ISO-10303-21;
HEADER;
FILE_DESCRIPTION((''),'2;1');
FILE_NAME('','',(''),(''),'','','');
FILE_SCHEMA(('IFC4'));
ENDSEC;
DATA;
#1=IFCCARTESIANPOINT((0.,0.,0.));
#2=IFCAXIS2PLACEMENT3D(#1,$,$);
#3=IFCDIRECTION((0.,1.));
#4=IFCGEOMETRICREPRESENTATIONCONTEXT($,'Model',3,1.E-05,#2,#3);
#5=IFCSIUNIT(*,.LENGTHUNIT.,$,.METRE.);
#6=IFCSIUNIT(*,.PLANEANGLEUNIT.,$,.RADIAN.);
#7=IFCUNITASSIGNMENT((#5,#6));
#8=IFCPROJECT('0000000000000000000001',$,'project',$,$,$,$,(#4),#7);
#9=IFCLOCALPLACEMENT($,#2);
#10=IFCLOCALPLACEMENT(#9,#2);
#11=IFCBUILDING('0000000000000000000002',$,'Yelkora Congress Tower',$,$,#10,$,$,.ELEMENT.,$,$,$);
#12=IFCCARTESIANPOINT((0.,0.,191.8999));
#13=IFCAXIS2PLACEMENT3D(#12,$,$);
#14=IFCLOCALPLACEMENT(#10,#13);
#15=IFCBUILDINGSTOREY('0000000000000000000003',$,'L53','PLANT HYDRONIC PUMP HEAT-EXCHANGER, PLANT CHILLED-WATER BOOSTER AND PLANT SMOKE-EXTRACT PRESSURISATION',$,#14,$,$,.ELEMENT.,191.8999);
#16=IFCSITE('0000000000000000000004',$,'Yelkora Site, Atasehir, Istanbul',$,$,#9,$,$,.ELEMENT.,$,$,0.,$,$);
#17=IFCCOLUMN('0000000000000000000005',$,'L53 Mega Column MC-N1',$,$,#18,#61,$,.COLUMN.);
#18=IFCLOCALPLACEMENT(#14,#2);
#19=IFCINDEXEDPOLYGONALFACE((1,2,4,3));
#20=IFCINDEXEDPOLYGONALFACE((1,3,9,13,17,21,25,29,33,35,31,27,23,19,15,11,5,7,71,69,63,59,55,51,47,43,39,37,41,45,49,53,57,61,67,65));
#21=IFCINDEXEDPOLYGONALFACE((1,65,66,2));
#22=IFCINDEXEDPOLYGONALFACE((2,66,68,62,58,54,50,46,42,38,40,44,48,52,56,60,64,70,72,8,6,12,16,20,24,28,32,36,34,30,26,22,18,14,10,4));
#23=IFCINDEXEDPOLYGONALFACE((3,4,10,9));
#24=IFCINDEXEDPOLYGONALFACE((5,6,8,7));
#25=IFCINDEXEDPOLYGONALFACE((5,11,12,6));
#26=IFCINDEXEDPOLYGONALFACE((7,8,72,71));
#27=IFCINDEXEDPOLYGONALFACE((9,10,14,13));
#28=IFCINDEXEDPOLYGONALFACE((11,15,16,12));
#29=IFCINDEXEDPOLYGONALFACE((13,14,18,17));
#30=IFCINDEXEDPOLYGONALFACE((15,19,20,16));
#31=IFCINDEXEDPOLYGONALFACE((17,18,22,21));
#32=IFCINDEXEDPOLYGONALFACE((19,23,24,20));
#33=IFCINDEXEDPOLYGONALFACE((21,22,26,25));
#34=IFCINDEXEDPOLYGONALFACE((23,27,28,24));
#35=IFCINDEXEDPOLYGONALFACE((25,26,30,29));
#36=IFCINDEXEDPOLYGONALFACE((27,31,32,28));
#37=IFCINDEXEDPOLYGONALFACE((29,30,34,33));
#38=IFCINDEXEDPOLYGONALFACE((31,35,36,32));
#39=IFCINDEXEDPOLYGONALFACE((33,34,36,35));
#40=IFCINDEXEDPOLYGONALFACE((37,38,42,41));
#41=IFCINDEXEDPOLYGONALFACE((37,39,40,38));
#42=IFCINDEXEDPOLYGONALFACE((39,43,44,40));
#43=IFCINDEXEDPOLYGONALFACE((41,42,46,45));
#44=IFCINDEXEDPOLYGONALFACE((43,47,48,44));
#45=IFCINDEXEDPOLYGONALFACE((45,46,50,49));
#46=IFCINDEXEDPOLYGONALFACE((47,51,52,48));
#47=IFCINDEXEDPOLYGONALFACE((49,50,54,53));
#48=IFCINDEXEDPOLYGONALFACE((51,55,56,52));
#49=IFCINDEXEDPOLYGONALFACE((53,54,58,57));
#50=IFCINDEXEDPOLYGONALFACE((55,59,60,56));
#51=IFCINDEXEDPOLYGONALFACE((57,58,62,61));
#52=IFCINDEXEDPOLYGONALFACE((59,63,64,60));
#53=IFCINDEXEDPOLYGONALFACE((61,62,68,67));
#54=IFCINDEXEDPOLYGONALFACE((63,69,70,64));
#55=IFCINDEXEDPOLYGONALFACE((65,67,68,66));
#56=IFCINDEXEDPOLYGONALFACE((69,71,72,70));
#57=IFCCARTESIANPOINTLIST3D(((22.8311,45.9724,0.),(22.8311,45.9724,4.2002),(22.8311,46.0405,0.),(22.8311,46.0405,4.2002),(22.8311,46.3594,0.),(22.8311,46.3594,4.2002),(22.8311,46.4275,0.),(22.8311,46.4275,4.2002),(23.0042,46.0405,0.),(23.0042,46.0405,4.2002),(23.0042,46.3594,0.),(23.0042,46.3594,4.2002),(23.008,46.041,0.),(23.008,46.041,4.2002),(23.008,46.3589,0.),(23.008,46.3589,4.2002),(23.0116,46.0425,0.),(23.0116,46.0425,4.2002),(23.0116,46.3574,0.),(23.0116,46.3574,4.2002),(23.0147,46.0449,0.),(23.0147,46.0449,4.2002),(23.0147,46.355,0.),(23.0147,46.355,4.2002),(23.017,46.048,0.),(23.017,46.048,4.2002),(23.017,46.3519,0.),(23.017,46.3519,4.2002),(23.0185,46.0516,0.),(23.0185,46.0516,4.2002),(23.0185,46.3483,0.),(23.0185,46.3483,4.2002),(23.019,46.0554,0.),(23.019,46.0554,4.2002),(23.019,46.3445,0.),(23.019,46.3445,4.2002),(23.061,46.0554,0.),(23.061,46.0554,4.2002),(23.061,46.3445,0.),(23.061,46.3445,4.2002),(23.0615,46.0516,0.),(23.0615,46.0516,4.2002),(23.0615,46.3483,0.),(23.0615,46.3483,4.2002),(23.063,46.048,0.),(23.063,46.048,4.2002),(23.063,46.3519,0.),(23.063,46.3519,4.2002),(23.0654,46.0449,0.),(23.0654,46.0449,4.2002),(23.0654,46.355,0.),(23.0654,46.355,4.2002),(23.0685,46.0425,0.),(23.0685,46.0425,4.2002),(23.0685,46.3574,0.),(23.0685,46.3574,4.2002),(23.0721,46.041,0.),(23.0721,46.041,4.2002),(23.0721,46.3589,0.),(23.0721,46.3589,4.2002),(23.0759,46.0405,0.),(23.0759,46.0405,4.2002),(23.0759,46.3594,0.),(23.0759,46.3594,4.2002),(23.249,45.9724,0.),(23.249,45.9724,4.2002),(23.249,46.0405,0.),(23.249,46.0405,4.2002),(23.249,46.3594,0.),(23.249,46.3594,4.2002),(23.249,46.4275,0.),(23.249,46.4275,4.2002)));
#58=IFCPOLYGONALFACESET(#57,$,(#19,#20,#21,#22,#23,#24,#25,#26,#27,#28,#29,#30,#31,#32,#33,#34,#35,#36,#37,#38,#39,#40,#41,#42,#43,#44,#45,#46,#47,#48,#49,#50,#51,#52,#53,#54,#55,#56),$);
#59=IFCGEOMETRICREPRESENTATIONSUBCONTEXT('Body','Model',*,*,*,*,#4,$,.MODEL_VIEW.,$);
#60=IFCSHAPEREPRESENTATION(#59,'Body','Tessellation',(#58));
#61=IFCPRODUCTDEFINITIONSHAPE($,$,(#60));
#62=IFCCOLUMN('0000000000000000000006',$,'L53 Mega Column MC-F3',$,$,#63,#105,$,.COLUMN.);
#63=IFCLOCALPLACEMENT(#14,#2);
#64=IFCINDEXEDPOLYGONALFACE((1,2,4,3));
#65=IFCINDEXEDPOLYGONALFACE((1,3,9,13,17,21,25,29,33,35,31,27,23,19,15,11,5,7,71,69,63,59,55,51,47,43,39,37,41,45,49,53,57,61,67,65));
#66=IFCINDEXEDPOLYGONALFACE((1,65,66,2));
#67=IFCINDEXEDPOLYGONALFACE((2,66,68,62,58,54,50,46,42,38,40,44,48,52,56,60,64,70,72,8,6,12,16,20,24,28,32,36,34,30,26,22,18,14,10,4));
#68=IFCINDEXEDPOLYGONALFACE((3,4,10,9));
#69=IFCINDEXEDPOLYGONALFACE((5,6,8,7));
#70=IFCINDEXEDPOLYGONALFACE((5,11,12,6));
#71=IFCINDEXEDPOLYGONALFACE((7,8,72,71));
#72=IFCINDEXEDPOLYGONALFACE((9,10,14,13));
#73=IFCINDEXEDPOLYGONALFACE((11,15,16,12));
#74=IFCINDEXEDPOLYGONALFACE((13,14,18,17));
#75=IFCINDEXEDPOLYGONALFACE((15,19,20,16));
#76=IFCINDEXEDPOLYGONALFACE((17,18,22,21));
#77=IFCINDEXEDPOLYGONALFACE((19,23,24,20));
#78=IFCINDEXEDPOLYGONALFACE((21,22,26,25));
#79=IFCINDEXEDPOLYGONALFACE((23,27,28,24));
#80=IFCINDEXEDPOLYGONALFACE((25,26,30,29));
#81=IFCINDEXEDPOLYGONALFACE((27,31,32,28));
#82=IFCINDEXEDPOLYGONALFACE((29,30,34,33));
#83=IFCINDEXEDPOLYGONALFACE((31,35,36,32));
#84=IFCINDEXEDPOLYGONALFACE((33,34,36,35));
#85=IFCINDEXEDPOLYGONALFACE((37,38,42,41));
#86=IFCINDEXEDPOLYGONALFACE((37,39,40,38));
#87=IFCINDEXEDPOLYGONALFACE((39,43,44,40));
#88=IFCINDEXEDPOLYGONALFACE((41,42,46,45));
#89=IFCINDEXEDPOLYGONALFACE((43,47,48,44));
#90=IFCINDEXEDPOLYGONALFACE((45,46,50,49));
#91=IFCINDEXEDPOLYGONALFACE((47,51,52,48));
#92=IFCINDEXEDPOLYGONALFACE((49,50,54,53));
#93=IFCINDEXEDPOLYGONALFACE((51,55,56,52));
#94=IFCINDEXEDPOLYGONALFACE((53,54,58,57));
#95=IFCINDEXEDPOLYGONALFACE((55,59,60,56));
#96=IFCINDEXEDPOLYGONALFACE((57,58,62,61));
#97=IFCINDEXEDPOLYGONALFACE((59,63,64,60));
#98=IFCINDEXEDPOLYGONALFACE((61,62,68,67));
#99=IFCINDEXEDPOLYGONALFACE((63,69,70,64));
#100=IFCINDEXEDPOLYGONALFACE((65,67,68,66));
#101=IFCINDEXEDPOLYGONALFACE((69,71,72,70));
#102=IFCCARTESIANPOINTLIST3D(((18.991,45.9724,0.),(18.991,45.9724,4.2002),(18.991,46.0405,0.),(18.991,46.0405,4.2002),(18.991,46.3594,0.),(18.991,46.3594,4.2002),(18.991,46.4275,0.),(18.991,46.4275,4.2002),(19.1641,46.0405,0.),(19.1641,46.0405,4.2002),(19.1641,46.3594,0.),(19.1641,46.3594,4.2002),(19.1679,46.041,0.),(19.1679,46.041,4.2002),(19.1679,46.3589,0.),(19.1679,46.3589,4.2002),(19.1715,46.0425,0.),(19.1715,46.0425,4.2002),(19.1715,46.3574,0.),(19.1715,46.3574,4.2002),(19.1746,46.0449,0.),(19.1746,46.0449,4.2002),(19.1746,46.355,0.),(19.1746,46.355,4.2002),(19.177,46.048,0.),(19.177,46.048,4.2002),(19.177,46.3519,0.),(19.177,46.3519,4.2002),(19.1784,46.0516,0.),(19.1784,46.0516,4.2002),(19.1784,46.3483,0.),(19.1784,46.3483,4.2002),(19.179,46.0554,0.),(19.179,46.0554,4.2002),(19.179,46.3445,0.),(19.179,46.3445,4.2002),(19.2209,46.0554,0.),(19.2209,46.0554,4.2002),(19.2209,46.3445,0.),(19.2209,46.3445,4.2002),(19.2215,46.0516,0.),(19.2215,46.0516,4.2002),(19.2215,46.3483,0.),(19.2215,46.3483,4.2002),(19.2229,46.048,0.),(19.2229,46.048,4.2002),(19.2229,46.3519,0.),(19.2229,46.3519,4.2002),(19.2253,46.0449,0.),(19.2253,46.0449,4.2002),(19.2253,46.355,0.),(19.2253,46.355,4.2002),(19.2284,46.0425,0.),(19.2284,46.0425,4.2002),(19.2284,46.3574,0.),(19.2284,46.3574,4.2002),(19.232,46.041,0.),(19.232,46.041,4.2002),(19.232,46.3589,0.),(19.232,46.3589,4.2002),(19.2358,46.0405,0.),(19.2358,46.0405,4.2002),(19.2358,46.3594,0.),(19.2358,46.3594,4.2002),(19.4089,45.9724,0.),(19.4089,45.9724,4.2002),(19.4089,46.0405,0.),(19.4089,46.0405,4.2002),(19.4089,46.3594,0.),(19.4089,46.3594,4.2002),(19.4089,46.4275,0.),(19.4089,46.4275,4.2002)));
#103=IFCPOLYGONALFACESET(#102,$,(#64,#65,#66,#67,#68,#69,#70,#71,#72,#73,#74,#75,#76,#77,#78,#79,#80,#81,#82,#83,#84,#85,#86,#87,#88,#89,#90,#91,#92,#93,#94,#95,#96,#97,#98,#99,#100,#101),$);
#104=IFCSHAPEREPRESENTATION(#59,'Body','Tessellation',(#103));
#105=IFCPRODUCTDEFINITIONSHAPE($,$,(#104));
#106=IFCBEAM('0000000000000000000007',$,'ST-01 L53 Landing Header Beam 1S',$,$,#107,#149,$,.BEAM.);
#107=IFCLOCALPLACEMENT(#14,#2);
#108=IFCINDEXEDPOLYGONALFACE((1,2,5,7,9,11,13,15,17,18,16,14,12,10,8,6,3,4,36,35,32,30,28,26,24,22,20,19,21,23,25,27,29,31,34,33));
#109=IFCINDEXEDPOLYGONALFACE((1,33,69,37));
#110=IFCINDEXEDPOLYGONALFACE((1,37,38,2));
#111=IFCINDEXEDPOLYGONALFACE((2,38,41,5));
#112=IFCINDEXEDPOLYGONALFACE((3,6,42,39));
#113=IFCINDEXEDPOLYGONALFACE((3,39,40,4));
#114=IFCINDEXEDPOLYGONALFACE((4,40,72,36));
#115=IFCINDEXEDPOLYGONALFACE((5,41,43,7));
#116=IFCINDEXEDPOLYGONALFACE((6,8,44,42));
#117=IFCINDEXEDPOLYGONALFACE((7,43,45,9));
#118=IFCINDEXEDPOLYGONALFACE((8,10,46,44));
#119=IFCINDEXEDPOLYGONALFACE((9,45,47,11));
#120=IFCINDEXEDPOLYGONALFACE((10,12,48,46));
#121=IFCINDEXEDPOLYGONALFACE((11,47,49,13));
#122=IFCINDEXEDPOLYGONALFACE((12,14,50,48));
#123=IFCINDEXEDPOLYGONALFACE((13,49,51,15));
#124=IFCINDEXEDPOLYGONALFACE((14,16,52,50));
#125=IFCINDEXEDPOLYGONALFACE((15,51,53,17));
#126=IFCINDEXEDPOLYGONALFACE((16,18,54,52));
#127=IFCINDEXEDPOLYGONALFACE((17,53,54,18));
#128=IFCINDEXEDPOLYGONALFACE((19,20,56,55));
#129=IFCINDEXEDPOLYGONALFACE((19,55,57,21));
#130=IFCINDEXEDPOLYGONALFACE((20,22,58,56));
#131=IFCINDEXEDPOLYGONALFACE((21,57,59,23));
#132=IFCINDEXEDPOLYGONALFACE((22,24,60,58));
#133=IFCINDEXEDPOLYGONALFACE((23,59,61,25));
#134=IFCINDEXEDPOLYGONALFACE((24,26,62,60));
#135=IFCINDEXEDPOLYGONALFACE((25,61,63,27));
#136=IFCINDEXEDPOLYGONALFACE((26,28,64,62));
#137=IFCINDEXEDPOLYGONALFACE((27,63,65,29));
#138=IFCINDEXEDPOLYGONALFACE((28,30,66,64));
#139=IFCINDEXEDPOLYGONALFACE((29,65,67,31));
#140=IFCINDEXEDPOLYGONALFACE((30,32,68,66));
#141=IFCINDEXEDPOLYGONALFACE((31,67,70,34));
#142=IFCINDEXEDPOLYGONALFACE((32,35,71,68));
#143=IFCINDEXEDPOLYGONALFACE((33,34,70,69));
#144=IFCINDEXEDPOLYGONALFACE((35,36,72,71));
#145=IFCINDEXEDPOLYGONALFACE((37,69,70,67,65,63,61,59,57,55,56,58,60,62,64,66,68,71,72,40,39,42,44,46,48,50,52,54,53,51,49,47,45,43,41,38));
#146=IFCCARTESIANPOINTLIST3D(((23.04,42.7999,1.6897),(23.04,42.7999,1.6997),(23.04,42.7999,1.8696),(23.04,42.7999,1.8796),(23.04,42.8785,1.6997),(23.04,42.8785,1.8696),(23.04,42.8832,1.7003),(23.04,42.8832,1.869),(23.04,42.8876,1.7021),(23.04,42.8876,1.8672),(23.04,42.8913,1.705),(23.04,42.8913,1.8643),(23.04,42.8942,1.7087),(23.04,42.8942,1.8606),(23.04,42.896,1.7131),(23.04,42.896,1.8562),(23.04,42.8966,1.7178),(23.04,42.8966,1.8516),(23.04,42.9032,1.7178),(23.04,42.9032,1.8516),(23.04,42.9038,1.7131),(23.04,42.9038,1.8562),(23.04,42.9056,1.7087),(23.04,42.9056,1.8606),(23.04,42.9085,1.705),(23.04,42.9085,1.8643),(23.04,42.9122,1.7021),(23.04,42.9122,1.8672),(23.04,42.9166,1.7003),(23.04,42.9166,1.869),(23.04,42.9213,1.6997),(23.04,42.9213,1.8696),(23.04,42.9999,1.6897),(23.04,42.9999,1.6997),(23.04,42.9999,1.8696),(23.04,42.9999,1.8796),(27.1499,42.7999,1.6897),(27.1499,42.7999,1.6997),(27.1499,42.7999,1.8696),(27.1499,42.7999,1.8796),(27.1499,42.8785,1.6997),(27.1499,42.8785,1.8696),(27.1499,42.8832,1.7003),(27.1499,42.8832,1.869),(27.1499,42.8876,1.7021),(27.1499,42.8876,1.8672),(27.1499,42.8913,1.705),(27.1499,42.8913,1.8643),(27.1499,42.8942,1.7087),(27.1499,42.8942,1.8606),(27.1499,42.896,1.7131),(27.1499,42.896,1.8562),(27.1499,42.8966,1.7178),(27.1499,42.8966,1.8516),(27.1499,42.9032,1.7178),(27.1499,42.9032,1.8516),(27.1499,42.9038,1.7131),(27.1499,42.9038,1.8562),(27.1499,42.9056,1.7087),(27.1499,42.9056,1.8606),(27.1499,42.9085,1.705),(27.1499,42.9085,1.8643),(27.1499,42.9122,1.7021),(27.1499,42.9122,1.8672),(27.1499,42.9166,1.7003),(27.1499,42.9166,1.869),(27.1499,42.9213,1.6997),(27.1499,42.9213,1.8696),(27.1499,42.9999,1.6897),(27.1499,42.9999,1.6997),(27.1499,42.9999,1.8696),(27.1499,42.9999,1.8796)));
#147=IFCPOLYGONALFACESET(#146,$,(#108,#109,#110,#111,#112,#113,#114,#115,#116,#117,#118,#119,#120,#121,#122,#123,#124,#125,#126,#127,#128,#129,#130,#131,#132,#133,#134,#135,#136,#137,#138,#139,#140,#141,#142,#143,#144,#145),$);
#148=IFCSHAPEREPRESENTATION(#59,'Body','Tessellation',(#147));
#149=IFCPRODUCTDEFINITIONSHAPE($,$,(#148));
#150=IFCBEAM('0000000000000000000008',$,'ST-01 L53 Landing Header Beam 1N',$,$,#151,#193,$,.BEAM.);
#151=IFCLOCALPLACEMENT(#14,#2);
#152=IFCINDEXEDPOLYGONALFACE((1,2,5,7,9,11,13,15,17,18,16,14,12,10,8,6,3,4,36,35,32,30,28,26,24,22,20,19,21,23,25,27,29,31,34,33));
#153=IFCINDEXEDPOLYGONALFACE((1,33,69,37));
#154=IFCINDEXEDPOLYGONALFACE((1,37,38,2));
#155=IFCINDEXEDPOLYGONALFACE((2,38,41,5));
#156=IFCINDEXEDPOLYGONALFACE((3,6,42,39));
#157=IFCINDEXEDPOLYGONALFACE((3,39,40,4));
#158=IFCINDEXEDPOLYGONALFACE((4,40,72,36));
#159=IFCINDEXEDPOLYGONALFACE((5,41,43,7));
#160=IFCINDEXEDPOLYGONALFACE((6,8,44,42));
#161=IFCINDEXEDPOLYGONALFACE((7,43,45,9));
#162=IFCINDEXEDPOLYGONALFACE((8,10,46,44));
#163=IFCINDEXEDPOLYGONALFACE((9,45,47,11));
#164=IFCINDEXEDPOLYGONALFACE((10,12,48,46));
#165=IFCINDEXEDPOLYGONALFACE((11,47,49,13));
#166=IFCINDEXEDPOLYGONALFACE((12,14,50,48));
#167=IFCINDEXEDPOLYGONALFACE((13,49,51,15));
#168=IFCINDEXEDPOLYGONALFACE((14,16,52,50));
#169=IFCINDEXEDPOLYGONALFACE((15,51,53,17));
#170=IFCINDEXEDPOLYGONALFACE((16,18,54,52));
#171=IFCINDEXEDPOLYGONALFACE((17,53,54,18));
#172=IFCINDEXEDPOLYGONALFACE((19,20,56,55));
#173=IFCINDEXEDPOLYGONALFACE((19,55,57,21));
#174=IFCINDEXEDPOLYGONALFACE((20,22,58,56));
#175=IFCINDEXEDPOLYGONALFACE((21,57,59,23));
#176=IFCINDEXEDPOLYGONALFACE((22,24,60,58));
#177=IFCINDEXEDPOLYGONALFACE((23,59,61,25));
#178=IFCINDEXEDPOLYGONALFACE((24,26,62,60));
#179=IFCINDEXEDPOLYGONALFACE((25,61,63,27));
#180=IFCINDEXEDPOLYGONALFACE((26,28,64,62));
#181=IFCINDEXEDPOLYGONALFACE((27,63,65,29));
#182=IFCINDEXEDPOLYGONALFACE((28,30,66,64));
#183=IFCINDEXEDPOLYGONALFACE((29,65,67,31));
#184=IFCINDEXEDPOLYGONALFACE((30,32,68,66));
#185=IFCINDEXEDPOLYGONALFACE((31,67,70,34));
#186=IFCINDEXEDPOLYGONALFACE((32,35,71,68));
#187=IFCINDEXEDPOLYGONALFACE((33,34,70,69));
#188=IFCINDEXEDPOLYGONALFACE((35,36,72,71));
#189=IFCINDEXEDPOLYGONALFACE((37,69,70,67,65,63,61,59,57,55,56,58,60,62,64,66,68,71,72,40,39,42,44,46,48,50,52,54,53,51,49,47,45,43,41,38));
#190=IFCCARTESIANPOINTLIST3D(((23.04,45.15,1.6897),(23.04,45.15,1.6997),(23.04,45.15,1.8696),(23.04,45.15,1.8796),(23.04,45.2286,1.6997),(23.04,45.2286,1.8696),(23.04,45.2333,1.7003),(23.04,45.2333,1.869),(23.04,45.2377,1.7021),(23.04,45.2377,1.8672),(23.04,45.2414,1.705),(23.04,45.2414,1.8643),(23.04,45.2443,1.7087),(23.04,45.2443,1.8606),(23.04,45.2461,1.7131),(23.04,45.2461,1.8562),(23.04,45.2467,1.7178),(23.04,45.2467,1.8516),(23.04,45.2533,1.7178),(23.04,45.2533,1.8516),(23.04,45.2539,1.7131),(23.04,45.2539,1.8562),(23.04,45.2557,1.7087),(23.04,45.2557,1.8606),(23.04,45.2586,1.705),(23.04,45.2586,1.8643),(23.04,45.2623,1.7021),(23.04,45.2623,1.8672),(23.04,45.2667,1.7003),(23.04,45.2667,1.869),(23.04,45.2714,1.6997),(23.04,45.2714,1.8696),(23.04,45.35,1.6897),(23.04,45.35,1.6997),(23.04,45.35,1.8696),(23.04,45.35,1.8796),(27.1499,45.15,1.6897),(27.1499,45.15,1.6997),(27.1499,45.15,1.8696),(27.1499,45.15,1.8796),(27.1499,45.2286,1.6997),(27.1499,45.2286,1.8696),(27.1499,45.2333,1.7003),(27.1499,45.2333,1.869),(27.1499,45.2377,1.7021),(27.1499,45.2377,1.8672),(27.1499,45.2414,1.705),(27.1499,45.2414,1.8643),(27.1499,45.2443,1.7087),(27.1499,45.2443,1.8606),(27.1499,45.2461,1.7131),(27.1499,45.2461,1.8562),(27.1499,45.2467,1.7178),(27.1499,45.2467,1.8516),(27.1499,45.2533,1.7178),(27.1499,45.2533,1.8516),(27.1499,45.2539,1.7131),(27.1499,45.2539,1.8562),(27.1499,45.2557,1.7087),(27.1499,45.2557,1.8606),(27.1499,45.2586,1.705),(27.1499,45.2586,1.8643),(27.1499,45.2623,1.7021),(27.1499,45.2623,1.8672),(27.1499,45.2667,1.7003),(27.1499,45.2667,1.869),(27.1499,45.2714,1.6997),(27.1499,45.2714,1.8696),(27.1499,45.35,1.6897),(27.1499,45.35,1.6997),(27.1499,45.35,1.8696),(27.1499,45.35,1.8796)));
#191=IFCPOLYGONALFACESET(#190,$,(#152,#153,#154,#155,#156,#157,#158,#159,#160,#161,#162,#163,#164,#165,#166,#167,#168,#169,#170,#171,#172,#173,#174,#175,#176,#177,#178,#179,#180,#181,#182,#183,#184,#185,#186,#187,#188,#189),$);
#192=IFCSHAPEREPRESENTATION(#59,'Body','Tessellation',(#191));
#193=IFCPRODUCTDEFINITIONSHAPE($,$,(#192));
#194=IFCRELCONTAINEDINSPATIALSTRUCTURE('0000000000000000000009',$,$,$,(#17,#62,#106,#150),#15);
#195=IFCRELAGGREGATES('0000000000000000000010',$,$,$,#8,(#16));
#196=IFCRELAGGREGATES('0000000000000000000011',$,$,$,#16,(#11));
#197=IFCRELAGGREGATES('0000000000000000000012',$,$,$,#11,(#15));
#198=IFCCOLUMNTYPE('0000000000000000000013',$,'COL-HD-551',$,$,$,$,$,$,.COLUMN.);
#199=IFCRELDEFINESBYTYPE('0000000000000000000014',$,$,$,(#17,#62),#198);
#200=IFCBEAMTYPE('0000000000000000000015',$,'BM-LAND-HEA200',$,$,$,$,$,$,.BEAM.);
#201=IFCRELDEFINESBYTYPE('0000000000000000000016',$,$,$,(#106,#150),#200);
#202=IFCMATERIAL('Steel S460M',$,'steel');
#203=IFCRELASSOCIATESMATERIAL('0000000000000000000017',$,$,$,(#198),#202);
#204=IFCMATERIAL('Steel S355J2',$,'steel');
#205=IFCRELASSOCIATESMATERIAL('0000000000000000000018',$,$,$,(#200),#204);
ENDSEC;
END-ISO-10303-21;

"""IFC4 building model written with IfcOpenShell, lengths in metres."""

from ifc_helpers import new_model, si_unit, direction, frame, origin, origin_2d, place, context, subcontext, project, spatial, i_section, extrude, material, material_profile, profile_set, type_object, element, save


model = new_model("IFC4")

# Units and contexts
model_context = context("Model", 3, precision=1e-05, world=origin(), true_north=direction((0.0, 1.0)))
body_context = subcontext(model_context, "Body", "Model", "MODEL_VIEW")
ifc_project = project(units=[si_unit("LENGTHUNIT", "METRE"), si_unit("PLANEANGLEUNIT", "RADIAN")], contexts=[model_context])

# Site, building, storey
site_placement = place(None, origin())
site = spatial("IfcSite", under=ifc_project, at=site_placement, Name="Yelkora Site, Atasehir, Istanbul", CompositionType="ELEMENT", RefElevation=0.0)
building_placement = place(site_placement, origin())
building = spatial("IfcBuilding", under=site, at=building_placement, Name="Yelkora Congress Tower", CompositionType="ELEMENT")
storey_placement = place(building_placement, frame((0.0, 0.0, 191.8999)))
storey = spatial("IfcBuildingStorey", under=building, at=storey_placement, Name="L53", Description="PLANT HYDRONIC PUMP HEAT-EXCHANGER, PLANT CHILLED-WATER BOOSTER AND PLANT SMOKE-EXTRACT PRESSURISATION", CompositionType="ELEMENT", Elevation=191.8999)

# Columns
ifc_material_1 = material(Name="Steel S460M", Category="steel")
ifc_material_profile_1 = material_profile(ifc_material_1, i_section(OverallWidth=0.418, OverallDepth=0.4551, WebThickness=0.042, FlangeThickness=0.0681, FilletRadius=0.0149, at=origin_2d()), Name="HD 400x551")
ifc_profile_set_1 = profile_set([ifc_material_profile_1], Name="Steel S460M")
column_type = type_object("IfcColumnType", Name="COL-HD-551", PredefinedType="COLUMN", material=ifc_profile_set_1)
for number, where, z_axis, x_axis, name in (
    (1, (23.04, 46.2, 0.0), (0.0, 0.0, 1.0), (1.0, 0.0, 0.0), "L53 Mega Column MC-N1"),
    (2, (19.2, 46.2, 0.0), (0.0, 0.0, 1.0), (1.0, 0.0, 0.0), "L53 Mega Column MC-F3"),
):
    element("IfcColumn", number, at=place(storey_placement, frame(where, z_axis=z_axis, x_axis=x_axis)), inside=storey, type_object=column_type, Name=name, PredefinedType="COLUMN", context=body_context, shape_type="SweptSolid", body=[
        extrude(i_section(OverallWidth=0.418, OverallDepth=0.4551, WebThickness=0.042, FlangeThickness=0.0681, FilletRadius=0.0149, at=origin_2d()), origin(), (0.0, 0.0, 1.0), 4.2002),
    ])

# Beams
ifc_material_2 = material(Name="Steel S355J2", Category="steel")
ifc_material_profile_2 = material_profile(ifc_material_2, i_section(OverallWidth=0.2, OverallDepth=0.1899, WebThickness=0.0066, FlangeThickness=0.01, FilletRadius=0.0181, at=origin_2d()), Name="HEA 200")
ifc_profile_set_2 = profile_set([ifc_material_profile_2], Name="Steel S355J2")
beam_type = type_object("IfcBeamType", Name="BM-LAND-HEA200", PredefinedType="BEAM", material=ifc_profile_set_2)
for number, where, z_axis, x_axis, name in (
    (3, (23.04, 42.8999, 1.7847), (1.0, 0.0, 0.0), (0.0, 1.0, 0.0), "ST-01 L53 Landing Header Beam 1S"),
    (4, (23.04, 45.25, 1.7847), (1.0, 0.0, 0.0), (0.0, 1.0, 0.0), "ST-01 L53 Landing Header Beam 1N"),
):
    element("IfcBeam", number, at=place(storey_placement, frame(where, z_axis=z_axis, x_axis=x_axis)), inside=storey, type_object=beam_type, Name=name, PredefinedType="BEAM", context=body_context, shape_type="SweptSolid", body=[
        extrude(i_section(OverallWidth=0.2, OverallDepth=0.1899, WebThickness=0.0066, FlangeThickness=0.01, FilletRadius=0.0181, at=origin_2d()), origin(), (0.0, 0.0, 1.0), 4.1099),
    ])

save(model, "model.ifc")
